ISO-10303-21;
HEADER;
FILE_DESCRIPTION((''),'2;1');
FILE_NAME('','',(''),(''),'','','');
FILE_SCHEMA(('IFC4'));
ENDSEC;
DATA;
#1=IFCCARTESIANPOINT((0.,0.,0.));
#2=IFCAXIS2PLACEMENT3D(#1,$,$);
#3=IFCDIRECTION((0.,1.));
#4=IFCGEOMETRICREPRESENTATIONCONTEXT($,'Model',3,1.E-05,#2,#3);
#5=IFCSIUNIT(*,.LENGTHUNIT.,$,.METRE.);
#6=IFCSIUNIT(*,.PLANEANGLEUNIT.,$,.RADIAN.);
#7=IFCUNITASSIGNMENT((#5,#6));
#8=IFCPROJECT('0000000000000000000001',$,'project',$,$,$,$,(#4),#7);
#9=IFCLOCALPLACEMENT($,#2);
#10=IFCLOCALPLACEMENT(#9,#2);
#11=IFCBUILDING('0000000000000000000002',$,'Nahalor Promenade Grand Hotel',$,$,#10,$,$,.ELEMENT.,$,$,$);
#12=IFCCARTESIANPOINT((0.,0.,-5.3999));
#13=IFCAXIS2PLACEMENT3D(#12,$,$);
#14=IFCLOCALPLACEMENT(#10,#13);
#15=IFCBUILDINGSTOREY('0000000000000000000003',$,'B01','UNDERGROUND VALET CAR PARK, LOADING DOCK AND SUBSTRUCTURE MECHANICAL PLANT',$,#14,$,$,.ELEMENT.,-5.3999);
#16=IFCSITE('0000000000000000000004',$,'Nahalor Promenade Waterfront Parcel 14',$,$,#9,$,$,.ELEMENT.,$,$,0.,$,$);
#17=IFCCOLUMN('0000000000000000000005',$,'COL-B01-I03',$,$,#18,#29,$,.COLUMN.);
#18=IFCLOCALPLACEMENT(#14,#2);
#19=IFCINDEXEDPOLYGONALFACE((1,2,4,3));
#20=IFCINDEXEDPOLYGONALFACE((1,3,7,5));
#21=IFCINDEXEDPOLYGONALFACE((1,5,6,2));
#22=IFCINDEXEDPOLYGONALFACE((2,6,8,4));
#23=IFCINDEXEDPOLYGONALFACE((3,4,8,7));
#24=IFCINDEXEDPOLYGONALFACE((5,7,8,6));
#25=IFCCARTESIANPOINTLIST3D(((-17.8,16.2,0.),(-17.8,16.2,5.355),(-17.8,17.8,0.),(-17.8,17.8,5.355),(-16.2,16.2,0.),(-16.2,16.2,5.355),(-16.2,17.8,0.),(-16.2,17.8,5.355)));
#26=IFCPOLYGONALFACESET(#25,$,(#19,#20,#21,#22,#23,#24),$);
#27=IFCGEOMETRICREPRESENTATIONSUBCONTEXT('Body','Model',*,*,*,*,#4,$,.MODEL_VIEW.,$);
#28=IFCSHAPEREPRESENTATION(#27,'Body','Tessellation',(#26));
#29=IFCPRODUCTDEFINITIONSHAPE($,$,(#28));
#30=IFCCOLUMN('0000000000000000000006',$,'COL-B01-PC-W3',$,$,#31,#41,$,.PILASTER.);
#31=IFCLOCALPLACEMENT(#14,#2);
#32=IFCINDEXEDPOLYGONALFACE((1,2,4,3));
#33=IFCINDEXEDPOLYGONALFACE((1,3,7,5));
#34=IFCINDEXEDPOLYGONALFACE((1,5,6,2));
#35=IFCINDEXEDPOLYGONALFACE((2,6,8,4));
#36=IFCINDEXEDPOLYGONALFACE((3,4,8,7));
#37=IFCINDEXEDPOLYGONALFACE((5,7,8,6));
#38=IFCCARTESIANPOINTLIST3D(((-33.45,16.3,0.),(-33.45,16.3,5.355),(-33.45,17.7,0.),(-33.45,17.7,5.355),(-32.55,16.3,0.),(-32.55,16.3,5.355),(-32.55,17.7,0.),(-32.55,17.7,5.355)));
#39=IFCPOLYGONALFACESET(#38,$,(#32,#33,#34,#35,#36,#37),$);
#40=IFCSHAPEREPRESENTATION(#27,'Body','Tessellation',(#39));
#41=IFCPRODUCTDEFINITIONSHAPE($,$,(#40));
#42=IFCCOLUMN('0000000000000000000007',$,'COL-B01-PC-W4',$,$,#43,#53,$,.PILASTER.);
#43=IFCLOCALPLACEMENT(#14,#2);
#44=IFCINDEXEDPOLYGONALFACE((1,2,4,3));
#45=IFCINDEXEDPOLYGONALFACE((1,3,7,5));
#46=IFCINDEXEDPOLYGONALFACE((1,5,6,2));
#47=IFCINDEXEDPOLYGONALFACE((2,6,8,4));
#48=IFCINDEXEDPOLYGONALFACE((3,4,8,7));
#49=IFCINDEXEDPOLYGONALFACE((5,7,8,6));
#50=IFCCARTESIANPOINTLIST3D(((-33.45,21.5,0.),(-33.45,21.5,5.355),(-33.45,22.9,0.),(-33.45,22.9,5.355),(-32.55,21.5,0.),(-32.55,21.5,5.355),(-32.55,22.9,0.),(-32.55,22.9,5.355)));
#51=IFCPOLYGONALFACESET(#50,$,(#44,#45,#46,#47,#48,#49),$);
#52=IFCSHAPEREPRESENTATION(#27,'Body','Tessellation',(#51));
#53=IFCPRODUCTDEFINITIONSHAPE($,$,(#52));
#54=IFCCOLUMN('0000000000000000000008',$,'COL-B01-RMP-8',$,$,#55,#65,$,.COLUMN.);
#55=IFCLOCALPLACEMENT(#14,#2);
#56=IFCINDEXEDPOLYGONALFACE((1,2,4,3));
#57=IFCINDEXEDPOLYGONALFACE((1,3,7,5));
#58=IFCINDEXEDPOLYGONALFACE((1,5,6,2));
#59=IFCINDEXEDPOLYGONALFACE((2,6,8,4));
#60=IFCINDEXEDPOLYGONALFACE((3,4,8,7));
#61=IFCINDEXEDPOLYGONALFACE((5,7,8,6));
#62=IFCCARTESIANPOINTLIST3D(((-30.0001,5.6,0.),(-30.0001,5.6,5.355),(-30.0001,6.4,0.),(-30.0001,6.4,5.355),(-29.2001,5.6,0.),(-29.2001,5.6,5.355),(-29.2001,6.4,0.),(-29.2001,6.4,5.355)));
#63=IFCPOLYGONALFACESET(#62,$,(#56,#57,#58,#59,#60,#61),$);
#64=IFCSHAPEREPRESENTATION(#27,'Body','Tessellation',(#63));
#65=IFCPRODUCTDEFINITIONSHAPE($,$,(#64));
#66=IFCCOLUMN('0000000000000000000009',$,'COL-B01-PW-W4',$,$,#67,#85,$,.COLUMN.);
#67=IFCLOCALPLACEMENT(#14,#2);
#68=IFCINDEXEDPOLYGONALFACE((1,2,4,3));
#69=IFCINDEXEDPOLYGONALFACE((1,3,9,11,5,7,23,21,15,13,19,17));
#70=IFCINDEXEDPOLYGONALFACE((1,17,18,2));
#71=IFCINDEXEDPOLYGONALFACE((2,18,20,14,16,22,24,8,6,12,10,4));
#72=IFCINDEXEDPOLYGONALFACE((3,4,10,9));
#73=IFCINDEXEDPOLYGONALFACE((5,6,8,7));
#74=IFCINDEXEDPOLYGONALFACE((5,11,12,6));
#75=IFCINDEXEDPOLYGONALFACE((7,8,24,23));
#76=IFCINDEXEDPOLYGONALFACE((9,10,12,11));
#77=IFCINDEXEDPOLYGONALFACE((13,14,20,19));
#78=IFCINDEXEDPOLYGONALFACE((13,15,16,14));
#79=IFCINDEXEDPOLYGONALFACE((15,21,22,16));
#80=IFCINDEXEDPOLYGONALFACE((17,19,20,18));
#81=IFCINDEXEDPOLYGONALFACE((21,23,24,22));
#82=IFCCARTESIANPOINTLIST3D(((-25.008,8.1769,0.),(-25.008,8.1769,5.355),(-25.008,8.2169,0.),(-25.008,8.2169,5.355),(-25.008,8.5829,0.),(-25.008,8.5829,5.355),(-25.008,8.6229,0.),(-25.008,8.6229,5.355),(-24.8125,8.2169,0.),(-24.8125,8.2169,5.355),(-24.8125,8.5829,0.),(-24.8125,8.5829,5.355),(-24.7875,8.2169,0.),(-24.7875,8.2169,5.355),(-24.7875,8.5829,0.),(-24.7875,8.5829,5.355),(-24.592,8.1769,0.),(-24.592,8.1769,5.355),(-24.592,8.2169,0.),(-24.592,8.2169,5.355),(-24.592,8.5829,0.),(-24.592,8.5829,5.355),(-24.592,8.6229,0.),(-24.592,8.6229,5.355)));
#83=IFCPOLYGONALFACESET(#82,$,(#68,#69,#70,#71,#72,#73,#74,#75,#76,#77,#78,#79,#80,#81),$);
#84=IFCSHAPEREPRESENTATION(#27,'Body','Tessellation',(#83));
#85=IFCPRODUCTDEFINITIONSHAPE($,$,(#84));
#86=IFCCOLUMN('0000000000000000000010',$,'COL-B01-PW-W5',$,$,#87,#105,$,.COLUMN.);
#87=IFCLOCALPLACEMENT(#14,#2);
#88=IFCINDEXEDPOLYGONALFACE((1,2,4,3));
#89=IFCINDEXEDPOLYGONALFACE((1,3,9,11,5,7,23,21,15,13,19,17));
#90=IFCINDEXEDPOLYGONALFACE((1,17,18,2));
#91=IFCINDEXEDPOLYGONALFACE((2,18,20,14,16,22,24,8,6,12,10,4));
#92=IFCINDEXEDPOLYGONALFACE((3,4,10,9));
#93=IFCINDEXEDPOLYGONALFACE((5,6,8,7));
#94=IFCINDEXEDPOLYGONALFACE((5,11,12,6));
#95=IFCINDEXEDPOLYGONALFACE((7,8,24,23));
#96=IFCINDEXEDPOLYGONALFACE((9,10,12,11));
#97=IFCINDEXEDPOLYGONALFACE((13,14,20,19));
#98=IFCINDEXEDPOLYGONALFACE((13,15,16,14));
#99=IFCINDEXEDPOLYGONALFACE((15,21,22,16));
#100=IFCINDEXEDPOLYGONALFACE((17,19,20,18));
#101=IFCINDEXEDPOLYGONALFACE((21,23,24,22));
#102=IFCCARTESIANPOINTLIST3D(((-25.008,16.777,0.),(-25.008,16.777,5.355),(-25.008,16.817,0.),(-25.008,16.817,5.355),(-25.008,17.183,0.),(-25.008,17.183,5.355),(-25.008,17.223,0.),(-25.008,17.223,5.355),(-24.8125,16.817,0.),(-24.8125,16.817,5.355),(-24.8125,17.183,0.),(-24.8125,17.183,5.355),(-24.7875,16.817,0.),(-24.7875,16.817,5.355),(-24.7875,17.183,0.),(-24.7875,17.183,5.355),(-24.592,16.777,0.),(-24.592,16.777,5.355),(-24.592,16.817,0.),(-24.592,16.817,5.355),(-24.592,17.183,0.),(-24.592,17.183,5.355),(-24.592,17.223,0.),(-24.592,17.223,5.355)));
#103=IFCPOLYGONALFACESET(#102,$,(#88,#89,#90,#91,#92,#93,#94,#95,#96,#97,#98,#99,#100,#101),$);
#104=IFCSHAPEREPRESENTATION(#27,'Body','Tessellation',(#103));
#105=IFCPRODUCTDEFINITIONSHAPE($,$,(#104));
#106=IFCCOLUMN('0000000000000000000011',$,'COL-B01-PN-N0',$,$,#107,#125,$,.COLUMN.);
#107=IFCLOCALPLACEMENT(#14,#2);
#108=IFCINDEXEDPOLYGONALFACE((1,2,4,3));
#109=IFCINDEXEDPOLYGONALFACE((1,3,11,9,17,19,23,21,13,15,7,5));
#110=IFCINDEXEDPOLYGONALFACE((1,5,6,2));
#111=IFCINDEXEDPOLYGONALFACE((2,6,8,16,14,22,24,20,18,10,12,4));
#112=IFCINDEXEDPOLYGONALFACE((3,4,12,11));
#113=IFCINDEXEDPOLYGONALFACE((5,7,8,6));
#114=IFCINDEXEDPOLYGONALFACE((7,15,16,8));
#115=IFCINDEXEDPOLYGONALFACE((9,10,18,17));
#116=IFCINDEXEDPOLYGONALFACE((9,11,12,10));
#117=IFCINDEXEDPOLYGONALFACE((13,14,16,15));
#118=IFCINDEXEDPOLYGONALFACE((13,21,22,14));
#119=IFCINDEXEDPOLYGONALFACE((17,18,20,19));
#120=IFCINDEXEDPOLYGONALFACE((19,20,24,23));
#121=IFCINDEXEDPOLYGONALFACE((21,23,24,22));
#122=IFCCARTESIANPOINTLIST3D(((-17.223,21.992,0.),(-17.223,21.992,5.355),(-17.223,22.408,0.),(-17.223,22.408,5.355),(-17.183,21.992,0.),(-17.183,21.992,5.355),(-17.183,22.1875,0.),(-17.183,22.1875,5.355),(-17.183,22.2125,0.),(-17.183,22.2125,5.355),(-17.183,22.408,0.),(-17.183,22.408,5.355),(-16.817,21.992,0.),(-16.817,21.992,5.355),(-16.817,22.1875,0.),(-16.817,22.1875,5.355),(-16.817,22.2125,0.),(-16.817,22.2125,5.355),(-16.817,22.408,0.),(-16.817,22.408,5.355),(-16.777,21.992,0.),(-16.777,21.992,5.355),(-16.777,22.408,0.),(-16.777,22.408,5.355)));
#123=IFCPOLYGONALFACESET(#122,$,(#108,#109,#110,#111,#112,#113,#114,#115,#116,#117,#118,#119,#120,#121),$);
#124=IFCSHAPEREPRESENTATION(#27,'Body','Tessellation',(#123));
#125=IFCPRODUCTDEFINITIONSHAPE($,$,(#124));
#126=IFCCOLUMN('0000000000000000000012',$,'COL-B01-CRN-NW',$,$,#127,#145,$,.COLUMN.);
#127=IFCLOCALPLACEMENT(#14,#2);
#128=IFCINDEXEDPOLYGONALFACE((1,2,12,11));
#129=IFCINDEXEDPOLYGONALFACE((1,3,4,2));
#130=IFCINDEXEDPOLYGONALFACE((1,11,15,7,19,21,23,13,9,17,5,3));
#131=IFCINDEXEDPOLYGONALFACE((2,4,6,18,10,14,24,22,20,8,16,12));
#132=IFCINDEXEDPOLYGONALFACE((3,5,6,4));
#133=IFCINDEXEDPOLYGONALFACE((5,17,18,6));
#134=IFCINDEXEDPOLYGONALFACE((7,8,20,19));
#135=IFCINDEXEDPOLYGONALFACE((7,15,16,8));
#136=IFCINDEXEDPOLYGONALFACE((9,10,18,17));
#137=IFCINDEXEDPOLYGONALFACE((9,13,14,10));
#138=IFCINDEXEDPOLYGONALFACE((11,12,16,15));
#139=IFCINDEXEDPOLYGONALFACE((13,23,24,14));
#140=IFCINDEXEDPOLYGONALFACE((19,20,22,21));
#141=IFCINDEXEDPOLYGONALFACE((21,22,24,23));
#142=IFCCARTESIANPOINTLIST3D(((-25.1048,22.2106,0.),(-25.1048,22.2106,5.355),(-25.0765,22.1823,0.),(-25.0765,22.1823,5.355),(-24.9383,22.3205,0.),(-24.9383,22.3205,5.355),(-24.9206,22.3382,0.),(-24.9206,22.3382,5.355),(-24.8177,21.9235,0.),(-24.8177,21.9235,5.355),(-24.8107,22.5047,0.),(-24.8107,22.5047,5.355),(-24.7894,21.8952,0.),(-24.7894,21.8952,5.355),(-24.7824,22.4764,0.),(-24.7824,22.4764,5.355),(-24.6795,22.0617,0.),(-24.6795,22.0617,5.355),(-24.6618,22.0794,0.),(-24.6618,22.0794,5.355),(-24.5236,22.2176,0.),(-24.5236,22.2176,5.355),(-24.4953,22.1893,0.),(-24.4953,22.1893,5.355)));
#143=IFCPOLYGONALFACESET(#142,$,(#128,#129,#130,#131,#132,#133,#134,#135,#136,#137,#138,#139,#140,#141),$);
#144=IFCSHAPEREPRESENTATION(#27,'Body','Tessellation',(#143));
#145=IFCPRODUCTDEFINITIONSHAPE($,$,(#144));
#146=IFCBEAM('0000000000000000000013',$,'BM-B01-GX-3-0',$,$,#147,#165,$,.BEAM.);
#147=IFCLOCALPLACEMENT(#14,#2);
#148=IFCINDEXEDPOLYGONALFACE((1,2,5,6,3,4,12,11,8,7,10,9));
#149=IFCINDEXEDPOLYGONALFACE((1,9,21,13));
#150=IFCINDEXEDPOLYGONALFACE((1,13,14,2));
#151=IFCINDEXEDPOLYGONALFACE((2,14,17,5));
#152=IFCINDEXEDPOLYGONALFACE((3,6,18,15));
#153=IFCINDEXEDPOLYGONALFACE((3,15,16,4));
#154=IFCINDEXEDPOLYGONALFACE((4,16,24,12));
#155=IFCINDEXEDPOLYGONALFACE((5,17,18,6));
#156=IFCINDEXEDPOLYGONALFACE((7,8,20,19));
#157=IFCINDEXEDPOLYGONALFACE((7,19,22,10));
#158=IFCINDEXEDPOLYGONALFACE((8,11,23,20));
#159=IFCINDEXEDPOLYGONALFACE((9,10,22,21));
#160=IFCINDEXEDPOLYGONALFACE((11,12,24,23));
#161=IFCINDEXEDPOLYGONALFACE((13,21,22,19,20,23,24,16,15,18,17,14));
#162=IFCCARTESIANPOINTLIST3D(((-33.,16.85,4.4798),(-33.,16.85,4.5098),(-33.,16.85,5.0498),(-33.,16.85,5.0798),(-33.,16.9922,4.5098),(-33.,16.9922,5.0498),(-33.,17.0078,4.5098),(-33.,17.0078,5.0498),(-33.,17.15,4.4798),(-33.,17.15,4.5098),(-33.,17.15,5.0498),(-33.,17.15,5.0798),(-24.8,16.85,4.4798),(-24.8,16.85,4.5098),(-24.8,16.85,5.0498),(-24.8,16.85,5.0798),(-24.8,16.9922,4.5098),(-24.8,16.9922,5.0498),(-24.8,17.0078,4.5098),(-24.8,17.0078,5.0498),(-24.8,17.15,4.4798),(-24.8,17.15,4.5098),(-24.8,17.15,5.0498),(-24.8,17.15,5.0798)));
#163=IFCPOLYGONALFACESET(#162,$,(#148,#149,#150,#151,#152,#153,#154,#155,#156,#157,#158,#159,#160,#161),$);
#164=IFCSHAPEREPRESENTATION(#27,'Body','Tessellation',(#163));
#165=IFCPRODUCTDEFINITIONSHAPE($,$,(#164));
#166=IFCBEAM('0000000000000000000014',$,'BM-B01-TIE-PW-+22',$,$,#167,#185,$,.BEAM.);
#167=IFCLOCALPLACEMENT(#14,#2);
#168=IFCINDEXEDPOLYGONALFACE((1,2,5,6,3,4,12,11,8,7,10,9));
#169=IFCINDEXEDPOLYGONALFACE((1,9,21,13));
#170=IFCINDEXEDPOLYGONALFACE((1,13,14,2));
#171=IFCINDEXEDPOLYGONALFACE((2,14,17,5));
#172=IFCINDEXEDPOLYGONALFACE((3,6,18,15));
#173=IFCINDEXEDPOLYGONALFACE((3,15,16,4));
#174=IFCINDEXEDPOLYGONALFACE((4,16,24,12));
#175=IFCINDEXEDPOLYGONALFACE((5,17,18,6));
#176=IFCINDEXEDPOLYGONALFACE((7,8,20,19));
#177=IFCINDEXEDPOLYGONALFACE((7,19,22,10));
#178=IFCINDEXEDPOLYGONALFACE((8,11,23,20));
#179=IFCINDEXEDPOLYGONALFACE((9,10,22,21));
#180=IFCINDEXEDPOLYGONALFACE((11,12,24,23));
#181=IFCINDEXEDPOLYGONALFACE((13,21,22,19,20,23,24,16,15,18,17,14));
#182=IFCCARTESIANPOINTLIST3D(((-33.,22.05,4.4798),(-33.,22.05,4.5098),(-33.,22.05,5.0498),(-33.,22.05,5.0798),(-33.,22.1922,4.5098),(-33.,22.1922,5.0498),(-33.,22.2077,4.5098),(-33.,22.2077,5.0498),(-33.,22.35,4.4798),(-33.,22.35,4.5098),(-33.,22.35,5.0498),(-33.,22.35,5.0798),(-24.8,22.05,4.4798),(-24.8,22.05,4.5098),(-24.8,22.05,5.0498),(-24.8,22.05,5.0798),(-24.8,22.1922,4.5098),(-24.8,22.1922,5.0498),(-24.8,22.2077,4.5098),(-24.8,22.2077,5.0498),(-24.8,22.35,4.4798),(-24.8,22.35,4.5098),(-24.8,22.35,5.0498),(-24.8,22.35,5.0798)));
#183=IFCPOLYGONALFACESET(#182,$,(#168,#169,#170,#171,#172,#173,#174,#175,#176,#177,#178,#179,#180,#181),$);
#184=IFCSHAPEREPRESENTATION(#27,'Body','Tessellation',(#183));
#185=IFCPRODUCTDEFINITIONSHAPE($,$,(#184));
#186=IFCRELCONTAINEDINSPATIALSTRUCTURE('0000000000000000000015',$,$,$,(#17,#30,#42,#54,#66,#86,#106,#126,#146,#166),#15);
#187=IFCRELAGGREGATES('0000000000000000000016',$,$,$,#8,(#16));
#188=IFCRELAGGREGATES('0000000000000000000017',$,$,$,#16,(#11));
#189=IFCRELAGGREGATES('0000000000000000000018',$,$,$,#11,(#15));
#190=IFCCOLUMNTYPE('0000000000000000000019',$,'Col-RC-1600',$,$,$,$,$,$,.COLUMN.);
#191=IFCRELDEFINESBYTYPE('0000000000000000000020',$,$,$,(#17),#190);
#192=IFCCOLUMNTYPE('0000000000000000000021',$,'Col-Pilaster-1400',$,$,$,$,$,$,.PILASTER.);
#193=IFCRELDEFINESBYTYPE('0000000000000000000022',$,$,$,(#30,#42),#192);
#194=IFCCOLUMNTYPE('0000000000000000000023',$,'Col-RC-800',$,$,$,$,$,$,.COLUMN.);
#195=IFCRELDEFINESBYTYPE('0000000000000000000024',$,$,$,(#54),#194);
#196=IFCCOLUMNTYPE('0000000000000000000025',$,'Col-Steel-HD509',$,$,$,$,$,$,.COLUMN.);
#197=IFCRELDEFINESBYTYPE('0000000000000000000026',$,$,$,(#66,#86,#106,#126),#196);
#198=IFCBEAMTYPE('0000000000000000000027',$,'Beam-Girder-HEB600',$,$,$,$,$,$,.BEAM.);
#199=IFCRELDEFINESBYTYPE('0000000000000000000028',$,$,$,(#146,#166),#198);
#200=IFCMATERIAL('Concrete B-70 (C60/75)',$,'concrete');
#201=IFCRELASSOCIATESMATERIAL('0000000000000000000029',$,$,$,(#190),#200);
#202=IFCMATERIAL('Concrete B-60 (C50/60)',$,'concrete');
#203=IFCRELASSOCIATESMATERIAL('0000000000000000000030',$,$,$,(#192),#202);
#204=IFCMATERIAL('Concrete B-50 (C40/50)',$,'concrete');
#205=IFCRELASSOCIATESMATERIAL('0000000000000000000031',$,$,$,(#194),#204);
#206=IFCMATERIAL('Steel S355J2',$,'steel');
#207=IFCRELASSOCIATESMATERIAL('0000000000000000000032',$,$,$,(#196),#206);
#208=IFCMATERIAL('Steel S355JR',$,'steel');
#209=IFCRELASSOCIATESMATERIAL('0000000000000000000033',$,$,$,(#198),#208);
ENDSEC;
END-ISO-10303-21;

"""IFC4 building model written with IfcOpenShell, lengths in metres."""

from ifc_helpers import new_model, si_unit, direction, frame, origin, origin_2d, place, context, subcontext, project, spatial, rectangle, i_section, extrude, source, transform, mapped, material, material_profile, profile_set, type_object, element, save


model = new_model("IFC4")

# Units and contexts
model_context = context("Model", 3, precision=1e-05, world=origin(), true_north=direction((0.0, 1.0)))
body_context = subcontext(model_context, "Body", "Model", "MODEL_VIEW")
ifc_project = project(units=[si_unit("LENGTHUNIT", "METRE"), si_unit("PLANEANGLEUNIT", "RADIAN")], contexts=[model_context])

# Site, building, storey
site_placement = place(None, origin())
site = spatial("IfcSite", under=ifc_project, at=site_placement, Name="Nahalor Promenade Waterfront Parcel 14", CompositionType="ELEMENT", RefElevation=0.0)
building_placement = place(site_placement, origin())
building = spatial("IfcBuilding", under=site, at=building_placement, Name="Nahalor Promenade Grand Hotel", CompositionType="ELEMENT")
storey_placement = place(building_placement, frame((0.0, 0.0, -5.3999)))
storey = spatial("IfcBuildingStorey", under=building, at=storey_placement, Name="B01", Description="UNDERGROUND VALET CAR PARK, LOADING DOCK AND SUBSTRUCTURE MECHANICAL PLANT", CompositionType="ELEMENT", Elevation=-5.3999)

# Columns
ifc_material_1 = material(Name="Concrete B-70 (C60/75)", Category="concrete")
ifc_material_profile_1 = material_profile(ifc_material_1, rectangle(XDim=1.6, YDim=1.6, at=origin_2d()), Name="RC 1600x1600")
ifc_profile_set_1 = profile_set([ifc_material_profile_1], Name="Concrete B-70 (C60/75)")
column_type_1 = type_object("IfcColumnType", Name="Col-RC-1600", PredefinedType="COLUMN", material=ifc_profile_set_1)
shared_shape_1 = source(origin(), body_context, "Body", "SweptSolid", [
    extrude(rectangle(XDim=1.6, YDim=1.6, at=origin_2d()), origin(), (0.0, 0.0, 1.0), 5.355),
])
column_1_placement = place(storey_placement, frame((-17.0, 17.0, 0.0), z_axis=(0.0, 0.0, 1.0), x_axis=(1.0, 0.0, 0.0)))
element("IfcColumn", 1, at=column_1_placement, inside=storey, type_object=column_type_1, Name="COL-B01-I03", PredefinedType="COLUMN", context=body_context, shape_type="MappedRepresentation", body=[
    mapped(shared_shape_1, transform((0.0, 0.0, 0.0), scale=1.0)),
])
ifc_material_2 = material(Name="Concrete B-60 (C50/60)", Category="concrete")
ifc_material_profile_2 = material_profile(ifc_material_2, rectangle(XDim=0.9, YDim=1.4, at=origin_2d()), Name="RC 900x1400")
ifc_profile_set_2 = profile_set([ifc_material_profile_2], Name="Concrete B-60 (C50/60)")
column_type_2 = type_object("IfcColumnType", Name="Col-Pilaster-1400", PredefinedType="PILASTER", material=ifc_profile_set_2)
shared_shape_2 = source(origin(), body_context, "Body", "SweptSolid", [
    extrude(rectangle(XDim=0.9, YDim=1.4, at=origin_2d()), origin(), (0.0, 0.0, 1.0), 5.355),
])
for number, where, z_axis, x_axis, name in (
    (2, (-33.0, 17.0, 0.0), (0.0, 0.0, 1.0), (1.0, 0.0, 0.0), "COL-B01-PC-W3"),
    (3, (-33.0, 22.2, 0.0), (0.0, 0.0, 1.0), (1.0, 0.0, 0.0), "COL-B01-PC-W4"),
):
    element("IfcColumn", number, at=place(storey_placement, frame(where, z_axis=z_axis, x_axis=x_axis)), inside=storey, type_object=column_type_2, Name=name, PredefinedType="PILASTER", context=body_context, shape_type="MappedRepresentation", body=[
        mapped(shared_shape_2, transform((0.0, 0.0, 0.0), scale=1.0)),
    ])
ifc_material_3 = material(Name="Concrete B-50 (C40/50)", Category="concrete")
ifc_material_profile_3 = material_profile(ifc_material_3, rectangle(XDim=0.8, YDim=0.8, at=origin_2d()), Name="RC 800x800")
ifc_profile_set_3 = profile_set([ifc_material_profile_3], Name="Concrete B-50 (C40/50)")
column_type_3 = type_object("IfcColumnType", Name="Col-RC-800", PredefinedType="COLUMN", material=ifc_profile_set_3)
shared_shape_3 = source(origin(), body_context, "Body", "SweptSolid", [
    extrude(rectangle(XDim=0.8, YDim=0.8, at=origin_2d()), origin(), (0.0, 0.0, 1.0), 5.355),
])
column_2_placement = place(storey_placement, frame((-29.6001, 6.0, 0.0), z_axis=(0.0, 0.0, 1.0), x_axis=(1.0, 0.0, 0.0)))
element("IfcColumn", 4, at=column_2_placement, inside=storey, type_object=column_type_3, Name="COL-B01-RMP-8", PredefinedType="COLUMN", context=body_context, shape_type="MappedRepresentation", body=[
    mapped(shared_shape_3, transform((0.0, 0.0, 0.0), scale=1.0)),
])
ifc_material_4 = material(Name="Steel S355J2", Category="steel")
ifc_material_profile_4 = material_profile(ifc_material_4, i_section(OverallWidth=0.416, OverallDepth=0.446, WebThickness=0.025, FlangeThickness=0.04, at=origin_2d()), Name="HD 400x509")
ifc_profile_set_4 = profile_set([ifc_material_profile_4], Name="Steel S355J2")
column_type_4 = type_object("IfcColumnType", Name="Col-Steel-HD509", PredefinedType="COLUMN", material=ifc_profile_set_4)
shared_shape_4 = source(origin(), body_context, "Body", "SweptSolid", [
    extrude(i_section(OverallWidth=0.416, OverallDepth=0.446, WebThickness=0.025, FlangeThickness=0.04, at=origin_2d()), origin(), (0.0, 0.0, 1.0), 5.355),
])
for number, where, z_axis, x_axis, name in (
    (5, (-24.8, 8.3999, 0.0), (0.0, 0.0, 1.0), (1.0, 0.0, 0.0), "COL-B01-PW-W4"),
    (6, (-24.8, 17.0, 0.0), (0.0, 0.0, 1.0), (1.0, 0.0, 0.0), "COL-B01-PW-W5"),
    (7, (-17.0, 22.2, 0.0), (0.0, 0.0, 1.0), (0.0, 1.0, 0.0), "COL-B01-PN-N0"),
    (8, (-24.8, 22.2, 0.0), (0.0, 0.0, 1.0), (0.707107, 0.707107, 0.0), "COL-B01-CRN-NW"),
):
    element("IfcColumn", number, at=place(storey_placement, frame(where, z_axis=z_axis, x_axis=x_axis)), inside=storey, type_object=column_type_4, Name=name, PredefinedType="COLUMN", context=body_context, shape_type="MappedRepresentation", body=[
        mapped(shared_shape_4, transform((0.0, 0.0, 0.0), scale=1.0)),
    ])

# Beams
ifc_material_5 = material(Name="Steel S355JR", Category="steel")
ifc_material_profile_5 = material_profile(ifc_material_5, i_section(OverallWidth=0.3, OverallDepth=0.6, WebThickness=0.0155, FlangeThickness=0.03, at=origin_2d()), Name="HEB 600")
ifc_profile_set_5 = profile_set([ifc_material_profile_5], Name="Steel S355JR")
beam_type_1 = type_object("IfcBeamType", Name="Beam-Girder-HEB600", PredefinedType="BEAM", material=ifc_profile_set_5)
shared_shape_5 = source(origin(), body_context, "Body", "SweptSolid", [
    extrude(i_section(OverallWidth=0.3, OverallDepth=0.6, WebThickness=0.0155, FlangeThickness=0.03, at=origin_2d()), origin(), (0.0, 0.0, 1.0), 8.2),
])
for number, where, z_axis, x_axis, name in (
    (9, (-33.0, 17.0, 4.7798), (1.0, 0.0, 0.0), (0.0, 1.0, 0.0), "BM-B01-GX-3-0"),
    (10, (-24.8, 22.2, 4.7798), (-1.0, 0.0, 0.0), (0.0, -1.0, 0.0), "BM-B01-TIE-PW-+22"),
):
    element("IfcBeam", number, at=place(storey_placement, frame(where, z_axis=z_axis, x_axis=x_axis)), inside=storey, type_object=beam_type_1, Name=name, PredefinedType="BEAM", context=body_context, shape_type="MappedRepresentation", body=[
        mapped(shared_shape_5, transform((0.0, 0.0, 0.0), scale=1.0)),
    ])

save(model, "model.ifc")
